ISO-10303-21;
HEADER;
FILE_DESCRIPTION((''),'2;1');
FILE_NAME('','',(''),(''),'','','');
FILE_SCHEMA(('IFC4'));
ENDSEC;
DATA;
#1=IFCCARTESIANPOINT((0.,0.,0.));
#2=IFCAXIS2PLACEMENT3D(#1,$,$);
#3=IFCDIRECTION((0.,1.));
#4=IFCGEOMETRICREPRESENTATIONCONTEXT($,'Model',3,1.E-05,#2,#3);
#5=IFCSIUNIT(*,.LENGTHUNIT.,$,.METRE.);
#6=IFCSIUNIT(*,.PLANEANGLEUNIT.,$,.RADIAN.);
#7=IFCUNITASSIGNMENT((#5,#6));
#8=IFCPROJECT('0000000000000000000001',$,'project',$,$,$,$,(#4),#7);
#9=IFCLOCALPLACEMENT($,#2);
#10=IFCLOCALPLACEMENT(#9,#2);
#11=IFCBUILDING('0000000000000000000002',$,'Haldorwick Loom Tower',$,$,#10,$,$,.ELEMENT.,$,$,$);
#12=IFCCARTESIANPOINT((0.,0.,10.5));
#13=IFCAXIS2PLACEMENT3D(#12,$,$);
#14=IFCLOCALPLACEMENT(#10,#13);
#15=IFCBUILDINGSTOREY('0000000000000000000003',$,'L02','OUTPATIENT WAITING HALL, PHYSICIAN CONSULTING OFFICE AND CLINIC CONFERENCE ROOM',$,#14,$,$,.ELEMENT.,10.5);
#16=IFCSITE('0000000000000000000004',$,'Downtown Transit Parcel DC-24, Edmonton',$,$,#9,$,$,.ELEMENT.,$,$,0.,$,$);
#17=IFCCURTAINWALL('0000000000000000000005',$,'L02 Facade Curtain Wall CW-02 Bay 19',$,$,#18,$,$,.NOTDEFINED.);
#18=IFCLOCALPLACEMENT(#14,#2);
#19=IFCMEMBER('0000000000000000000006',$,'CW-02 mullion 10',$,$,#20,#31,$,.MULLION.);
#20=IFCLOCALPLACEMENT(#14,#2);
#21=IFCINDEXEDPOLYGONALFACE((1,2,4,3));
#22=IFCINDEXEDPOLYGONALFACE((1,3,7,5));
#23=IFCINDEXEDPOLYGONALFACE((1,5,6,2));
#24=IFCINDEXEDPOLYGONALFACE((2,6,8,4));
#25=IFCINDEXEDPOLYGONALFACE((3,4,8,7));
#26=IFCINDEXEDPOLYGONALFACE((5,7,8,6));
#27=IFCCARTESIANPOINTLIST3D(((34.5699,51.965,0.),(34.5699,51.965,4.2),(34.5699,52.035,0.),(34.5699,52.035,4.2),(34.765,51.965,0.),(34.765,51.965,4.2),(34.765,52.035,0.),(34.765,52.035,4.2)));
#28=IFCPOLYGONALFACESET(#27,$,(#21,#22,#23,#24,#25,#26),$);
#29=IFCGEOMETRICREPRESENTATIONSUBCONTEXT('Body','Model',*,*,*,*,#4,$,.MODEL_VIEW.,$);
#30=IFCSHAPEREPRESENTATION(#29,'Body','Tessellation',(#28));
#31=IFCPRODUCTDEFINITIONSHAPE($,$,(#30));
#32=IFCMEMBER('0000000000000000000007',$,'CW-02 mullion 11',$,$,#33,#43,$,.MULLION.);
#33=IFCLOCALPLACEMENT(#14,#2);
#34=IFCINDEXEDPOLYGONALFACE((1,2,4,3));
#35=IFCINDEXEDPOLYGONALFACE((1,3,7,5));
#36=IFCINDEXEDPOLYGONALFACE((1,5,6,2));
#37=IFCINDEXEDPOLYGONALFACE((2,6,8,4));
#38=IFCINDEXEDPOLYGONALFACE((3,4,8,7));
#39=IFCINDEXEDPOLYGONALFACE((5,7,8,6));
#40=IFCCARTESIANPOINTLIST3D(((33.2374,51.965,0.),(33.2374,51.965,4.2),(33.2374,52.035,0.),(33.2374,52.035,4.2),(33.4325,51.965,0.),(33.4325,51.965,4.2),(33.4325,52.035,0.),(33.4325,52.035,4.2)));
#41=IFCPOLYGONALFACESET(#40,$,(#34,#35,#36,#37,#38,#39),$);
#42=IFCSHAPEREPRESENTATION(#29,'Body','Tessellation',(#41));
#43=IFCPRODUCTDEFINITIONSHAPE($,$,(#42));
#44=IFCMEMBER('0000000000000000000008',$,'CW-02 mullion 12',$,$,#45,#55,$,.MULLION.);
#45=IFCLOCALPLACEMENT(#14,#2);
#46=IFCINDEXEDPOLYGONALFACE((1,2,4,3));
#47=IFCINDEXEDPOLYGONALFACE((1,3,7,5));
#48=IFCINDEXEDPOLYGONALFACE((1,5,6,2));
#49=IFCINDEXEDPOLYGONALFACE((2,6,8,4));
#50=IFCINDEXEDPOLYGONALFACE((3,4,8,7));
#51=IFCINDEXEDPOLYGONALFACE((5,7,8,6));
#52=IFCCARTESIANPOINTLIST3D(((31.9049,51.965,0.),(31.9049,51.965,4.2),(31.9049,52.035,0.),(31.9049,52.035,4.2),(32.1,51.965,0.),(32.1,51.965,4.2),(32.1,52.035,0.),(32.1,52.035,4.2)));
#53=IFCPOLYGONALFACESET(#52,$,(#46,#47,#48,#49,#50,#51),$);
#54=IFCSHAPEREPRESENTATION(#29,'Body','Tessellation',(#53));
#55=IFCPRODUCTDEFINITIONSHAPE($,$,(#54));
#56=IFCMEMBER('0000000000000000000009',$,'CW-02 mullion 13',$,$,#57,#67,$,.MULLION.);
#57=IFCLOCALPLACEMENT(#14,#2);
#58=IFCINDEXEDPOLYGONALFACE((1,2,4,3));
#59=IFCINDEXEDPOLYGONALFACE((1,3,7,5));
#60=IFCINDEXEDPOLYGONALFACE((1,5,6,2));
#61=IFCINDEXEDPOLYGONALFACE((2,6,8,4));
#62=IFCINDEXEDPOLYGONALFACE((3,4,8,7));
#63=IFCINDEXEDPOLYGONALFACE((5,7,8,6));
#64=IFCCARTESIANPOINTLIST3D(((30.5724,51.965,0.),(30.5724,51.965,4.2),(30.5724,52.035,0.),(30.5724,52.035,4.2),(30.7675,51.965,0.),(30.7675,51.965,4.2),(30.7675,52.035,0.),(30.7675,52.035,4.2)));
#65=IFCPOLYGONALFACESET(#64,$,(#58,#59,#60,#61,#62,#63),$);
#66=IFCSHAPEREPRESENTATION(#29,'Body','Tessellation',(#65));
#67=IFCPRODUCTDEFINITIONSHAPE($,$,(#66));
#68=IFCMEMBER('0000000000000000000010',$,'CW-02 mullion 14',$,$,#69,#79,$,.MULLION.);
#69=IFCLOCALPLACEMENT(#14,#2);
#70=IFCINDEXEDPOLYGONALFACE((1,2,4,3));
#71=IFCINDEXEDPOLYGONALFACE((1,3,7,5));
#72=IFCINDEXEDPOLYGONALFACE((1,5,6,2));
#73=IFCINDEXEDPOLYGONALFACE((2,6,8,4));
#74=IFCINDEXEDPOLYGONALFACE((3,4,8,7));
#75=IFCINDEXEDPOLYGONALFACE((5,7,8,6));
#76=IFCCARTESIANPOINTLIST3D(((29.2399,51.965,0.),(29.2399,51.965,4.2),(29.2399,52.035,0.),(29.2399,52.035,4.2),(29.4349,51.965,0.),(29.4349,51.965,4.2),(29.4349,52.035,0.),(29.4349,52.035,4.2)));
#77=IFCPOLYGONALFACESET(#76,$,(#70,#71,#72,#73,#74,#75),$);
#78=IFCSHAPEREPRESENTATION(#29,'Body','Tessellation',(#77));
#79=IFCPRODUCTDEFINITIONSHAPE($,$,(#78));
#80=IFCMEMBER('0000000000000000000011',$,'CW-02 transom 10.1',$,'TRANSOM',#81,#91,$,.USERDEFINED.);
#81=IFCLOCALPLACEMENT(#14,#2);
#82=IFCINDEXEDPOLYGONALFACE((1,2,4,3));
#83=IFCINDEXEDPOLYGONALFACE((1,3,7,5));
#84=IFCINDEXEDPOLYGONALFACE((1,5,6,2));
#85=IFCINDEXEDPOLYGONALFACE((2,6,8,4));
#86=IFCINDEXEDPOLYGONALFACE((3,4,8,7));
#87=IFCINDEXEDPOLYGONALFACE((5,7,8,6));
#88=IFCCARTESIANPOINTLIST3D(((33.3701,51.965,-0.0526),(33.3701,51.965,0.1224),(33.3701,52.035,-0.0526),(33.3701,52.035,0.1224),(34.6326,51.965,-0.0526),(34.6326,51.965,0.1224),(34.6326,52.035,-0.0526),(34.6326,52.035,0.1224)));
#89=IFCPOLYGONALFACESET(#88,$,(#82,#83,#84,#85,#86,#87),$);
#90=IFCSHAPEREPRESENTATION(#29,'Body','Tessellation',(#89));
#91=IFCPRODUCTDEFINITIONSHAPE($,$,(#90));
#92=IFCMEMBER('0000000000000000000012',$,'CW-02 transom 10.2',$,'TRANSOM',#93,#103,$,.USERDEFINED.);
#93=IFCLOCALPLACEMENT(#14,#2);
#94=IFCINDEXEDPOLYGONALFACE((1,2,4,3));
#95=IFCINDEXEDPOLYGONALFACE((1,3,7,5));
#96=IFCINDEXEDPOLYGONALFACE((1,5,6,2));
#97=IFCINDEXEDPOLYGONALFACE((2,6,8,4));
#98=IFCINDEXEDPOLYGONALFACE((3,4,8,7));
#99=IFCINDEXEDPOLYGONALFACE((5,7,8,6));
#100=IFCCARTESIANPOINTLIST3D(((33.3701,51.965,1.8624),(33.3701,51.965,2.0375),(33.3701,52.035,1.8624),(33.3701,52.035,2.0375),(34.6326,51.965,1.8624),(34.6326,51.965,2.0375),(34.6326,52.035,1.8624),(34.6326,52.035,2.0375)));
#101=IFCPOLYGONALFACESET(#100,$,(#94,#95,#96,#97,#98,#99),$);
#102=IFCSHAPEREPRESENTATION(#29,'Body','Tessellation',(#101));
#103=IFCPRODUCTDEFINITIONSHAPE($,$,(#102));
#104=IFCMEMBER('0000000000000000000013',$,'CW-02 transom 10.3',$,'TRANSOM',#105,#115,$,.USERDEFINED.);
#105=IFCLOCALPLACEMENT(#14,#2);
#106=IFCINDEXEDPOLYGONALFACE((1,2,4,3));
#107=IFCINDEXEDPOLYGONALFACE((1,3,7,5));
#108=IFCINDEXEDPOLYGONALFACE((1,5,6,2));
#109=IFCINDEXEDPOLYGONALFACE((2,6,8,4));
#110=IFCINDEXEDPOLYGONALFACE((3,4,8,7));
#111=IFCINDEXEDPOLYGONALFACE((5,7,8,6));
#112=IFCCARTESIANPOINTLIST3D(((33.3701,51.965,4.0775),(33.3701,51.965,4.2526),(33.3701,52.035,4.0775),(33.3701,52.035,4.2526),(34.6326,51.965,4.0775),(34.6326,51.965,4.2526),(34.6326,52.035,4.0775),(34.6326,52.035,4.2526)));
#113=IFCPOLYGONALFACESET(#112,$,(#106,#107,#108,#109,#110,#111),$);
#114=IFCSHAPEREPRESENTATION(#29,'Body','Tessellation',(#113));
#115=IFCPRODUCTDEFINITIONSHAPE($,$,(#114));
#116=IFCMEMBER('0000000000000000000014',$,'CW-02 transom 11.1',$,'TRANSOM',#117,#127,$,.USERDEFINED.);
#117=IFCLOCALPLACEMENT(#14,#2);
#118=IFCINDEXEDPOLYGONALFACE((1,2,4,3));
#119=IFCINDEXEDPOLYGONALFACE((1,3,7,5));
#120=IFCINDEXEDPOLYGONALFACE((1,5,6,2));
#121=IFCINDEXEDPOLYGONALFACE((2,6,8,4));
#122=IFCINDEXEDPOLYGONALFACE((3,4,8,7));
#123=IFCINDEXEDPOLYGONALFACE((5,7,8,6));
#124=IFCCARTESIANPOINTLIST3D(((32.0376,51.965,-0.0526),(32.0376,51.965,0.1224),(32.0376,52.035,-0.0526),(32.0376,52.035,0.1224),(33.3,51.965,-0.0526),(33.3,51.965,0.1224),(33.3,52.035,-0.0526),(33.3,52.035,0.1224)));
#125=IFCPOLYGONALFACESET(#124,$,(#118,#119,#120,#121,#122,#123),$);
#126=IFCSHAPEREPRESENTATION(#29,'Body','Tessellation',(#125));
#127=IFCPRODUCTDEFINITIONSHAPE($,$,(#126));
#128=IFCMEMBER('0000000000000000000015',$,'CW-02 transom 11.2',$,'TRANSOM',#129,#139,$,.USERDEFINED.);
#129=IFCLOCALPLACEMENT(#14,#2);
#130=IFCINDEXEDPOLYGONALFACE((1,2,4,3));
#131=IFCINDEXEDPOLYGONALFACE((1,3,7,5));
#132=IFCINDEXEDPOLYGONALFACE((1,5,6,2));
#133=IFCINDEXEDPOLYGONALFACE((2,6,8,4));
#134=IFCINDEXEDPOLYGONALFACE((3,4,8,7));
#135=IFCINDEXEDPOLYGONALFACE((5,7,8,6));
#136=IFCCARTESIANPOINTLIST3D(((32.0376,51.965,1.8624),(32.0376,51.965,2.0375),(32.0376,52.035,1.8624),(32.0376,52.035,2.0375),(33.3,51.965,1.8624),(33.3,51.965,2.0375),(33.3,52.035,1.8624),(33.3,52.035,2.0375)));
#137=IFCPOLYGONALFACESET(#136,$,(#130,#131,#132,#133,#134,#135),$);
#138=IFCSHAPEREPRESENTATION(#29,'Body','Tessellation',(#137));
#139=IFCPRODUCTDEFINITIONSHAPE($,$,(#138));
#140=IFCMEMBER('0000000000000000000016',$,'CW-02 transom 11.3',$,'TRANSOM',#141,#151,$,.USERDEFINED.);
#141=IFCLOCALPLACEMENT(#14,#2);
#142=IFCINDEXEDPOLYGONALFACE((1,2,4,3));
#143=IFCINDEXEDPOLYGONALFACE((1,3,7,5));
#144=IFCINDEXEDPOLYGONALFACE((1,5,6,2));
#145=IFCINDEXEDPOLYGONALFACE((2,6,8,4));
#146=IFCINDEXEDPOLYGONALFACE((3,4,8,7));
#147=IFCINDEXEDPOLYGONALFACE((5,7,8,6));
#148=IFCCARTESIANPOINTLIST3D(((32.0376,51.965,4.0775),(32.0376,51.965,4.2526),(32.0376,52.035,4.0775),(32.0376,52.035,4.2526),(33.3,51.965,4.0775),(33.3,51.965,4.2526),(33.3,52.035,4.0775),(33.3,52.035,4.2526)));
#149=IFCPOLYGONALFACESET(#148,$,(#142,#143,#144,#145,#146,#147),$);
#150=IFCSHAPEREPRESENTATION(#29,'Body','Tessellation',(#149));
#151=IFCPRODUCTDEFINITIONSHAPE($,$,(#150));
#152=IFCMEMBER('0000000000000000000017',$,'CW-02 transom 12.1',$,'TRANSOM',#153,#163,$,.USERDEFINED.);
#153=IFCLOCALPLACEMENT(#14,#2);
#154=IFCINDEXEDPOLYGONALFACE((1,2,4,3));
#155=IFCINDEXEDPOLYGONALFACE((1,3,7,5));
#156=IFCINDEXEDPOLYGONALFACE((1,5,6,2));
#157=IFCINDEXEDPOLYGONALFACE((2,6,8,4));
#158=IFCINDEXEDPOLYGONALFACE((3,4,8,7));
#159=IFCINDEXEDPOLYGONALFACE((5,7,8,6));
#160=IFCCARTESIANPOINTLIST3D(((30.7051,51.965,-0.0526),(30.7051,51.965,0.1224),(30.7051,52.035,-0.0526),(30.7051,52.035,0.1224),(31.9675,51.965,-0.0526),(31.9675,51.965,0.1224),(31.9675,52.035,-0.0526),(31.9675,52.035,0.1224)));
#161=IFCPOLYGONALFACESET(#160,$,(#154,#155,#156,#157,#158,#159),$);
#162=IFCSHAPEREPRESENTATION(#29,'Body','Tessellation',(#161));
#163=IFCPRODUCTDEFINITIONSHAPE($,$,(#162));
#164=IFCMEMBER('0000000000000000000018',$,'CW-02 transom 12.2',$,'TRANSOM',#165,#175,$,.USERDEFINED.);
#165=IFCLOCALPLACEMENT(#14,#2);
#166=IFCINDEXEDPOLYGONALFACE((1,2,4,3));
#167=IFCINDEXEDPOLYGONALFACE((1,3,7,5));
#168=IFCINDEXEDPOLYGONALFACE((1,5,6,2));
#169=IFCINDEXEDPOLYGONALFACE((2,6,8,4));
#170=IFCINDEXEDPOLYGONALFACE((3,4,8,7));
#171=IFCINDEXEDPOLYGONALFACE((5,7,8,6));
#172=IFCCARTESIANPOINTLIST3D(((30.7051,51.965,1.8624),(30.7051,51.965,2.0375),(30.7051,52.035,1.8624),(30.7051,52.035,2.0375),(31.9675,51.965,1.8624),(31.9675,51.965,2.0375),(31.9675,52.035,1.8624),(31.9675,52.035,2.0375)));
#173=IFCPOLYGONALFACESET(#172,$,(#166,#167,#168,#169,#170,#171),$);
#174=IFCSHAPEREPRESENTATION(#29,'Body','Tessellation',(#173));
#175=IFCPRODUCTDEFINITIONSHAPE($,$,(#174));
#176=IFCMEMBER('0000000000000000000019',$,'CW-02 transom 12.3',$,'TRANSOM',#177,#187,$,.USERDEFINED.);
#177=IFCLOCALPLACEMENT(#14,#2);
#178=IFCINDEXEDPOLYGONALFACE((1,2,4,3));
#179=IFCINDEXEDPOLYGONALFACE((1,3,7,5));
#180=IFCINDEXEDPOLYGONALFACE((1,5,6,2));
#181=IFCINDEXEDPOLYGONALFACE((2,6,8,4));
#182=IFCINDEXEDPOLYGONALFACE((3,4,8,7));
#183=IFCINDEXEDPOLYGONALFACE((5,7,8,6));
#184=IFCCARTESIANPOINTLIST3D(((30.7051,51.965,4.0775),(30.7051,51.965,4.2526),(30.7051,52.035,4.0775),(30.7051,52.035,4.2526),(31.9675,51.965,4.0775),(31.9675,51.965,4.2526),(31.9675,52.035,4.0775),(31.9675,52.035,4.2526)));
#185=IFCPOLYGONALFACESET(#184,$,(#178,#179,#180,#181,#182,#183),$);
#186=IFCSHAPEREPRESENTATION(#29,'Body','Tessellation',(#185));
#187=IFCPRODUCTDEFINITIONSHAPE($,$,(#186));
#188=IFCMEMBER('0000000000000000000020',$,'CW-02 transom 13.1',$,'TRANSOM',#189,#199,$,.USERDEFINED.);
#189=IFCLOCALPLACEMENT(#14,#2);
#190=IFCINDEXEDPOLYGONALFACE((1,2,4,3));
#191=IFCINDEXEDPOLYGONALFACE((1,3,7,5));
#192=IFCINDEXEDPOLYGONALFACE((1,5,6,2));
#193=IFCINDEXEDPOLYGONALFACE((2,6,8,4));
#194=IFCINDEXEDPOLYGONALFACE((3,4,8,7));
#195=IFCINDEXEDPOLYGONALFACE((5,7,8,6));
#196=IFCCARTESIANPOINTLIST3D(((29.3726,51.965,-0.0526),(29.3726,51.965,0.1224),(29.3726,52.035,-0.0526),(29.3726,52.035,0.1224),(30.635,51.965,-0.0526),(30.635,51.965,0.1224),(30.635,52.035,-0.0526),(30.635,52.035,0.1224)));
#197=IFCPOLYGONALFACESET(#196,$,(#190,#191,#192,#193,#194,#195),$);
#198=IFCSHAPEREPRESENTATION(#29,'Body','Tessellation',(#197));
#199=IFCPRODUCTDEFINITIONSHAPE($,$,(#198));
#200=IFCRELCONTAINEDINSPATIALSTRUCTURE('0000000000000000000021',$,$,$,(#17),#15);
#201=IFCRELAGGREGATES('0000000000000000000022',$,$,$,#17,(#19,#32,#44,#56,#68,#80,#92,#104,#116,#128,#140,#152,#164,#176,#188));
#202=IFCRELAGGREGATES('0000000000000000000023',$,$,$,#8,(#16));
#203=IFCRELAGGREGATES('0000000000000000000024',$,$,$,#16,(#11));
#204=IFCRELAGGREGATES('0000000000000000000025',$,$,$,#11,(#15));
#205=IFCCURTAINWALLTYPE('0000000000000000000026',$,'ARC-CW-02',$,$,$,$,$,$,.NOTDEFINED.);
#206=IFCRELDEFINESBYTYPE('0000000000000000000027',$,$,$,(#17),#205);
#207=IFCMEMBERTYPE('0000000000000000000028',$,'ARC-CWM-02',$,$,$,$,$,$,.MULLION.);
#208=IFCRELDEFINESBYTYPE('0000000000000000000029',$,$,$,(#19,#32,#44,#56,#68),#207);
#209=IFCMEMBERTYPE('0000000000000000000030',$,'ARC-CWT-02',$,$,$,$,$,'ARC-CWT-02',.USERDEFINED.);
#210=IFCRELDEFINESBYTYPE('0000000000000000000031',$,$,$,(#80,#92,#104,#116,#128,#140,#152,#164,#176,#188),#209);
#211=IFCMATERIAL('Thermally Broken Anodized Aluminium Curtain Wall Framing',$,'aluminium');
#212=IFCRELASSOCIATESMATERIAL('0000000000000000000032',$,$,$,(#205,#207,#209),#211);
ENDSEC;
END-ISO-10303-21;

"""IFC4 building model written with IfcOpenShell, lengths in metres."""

from ifc_helpers import new_model, si_unit, direction, frame, origin, origin_2d, place, context, subcontext, project, spatial, rectangle, extrude, material, material_profile, profile_set, type_object, element, aggregate, save


model = new_model("IFC4")

# Units and contexts
model_context = context("Model", 3, precision=1e-05, world=origin(), true_north=direction((0.0, 1.0)))
body_context = subcontext(model_context, "Body", "Model", "MODEL_VIEW")
ifc_project = project(units=[si_unit("LENGTHUNIT", "METRE"), si_unit("PLANEANGLEUNIT", "RADIAN")], contexts=[model_context])

# Site, building, storey
site_placement = place(None, origin())
site = spatial("IfcSite", under=ifc_project, at=site_placement, Name="Downtown Transit Parcel DC-24, Edmonton", CompositionType="ELEMENT", RefElevation=0.0)
building_placement = place(site_placement, origin())
building = spatial("IfcBuilding", under=site, at=building_placement, Name="Haldorwick Loom Tower", CompositionType="ELEMENT")
storey_placement = place(building_placement, frame((0.0, 0.0, 10.5)))
storey = spatial("IfcBuildingStorey", under=building, at=storey_placement, Name="L02", Description="OUTPATIENT WAITING HALL, PHYSICIAN CONSULTING OFFICE AND CLINIC CONFERENCE ROOM", CompositionType="ELEMENT", Elevation=10.5)

# Curtain wall, members
ifc_material_1 = material(Name="Thermally Broken Anodized Aluminium Curtain Wall Framing", Category="aluminium")
curtain_wall_type = type_object("IfcCurtainWallType", Name="ARC-CW-02", PredefinedType="NOTDEFINED", material=ifc_material_1)
curtain_wall_placement = place(storey_placement, origin())
curtain_wall = element("IfcCurtainWall", 1, at=curtain_wall_placement, inside=storey, type_object=curtain_wall_type, Name="L02 Facade Curtain Wall CW-02 Bay 19", PredefinedType="NOTDEFINED")
ifc_material_profile_1 = material_profile(ifc_material_1, rectangle(XDim=0.0701, YDim=0.1951, at=origin_2d()), Name="ALU_MUL_70X195", Category="aluminium")
ifc_profile_set_1 = profile_set([ifc_material_profile_1], Name="Thermally Broken Anodized Aluminium Curtain Wall Framing")
member_type_1 = type_object("IfcMemberType", Name="ARC-CWM-02", PredefinedType="MULLION", material=ifc_profile_set_1)
member_1_placement = place(storey_placement, frame((34.6675, 52.0, 0.0), z_axis=(0.0, 0.0, 1.0), x_axis=(0.0, -1.0, 0.0)))
member_1 = element("IfcMember", 2, at=member_1_placement, type_object=member_type_1, Name="CW-02 mullion 10", PredefinedType="MULLION", context=body_context, shape_type="SweptSolid", body=[
    extrude(rectangle(XDim=0.0701, YDim=0.1951, at=origin_2d()), origin(), (0.0, 0.0, 1.0), 4.2),
])
member_2_placement = place(storey_placement, frame((33.335, 52.0, 0.0), z_axis=(0.0, 0.0, 1.0), x_axis=(0.0, -1.0, 0.0)))
member_2 = element("IfcMember", 3, at=member_2_placement, type_object=member_type_1, Name="CW-02 mullion 11", PredefinedType="MULLION", context=body_context, shape_type="SweptSolid", body=[
    extrude(rectangle(XDim=0.0701, YDim=0.1951, at=origin_2d()), origin(), (0.0, 0.0, 1.0), 4.2),
])
member_3_placement = place(storey_placement, frame((32.0024, 52.0, 0.0), z_axis=(0.0, 0.0, 1.0), x_axis=(0.0, -1.0, 0.0)))
member_3 = element("IfcMember", 4, at=member_3_placement, type_object=member_type_1, Name="CW-02 mullion 12", PredefinedType="MULLION", context=body_context, shape_type="SweptSolid", body=[
    extrude(rectangle(XDim=0.0701, YDim=0.1951, at=origin_2d()), origin(), (0.0, 0.0, 1.0), 4.2),
])
member_4_placement = place(storey_placement, frame((30.6699, 52.0, 0.0), z_axis=(0.0, 0.0, 1.0), x_axis=(0.0, -1.0, 0.0)))
member_4 = element("IfcMember", 5, at=member_4_placement, type_object=member_type_1, Name="CW-02 mullion 13", PredefinedType="MULLION", context=body_context, shape_type="SweptSolid", body=[
    extrude(rectangle(XDim=0.0701, YDim=0.1951, at=origin_2d()), origin(), (0.0, 0.0, 1.0), 4.2),
])
member_5_placement = place(storey_placement, frame((29.3374, 52.0, 0.0), z_axis=(0.0, 0.0, 1.0), x_axis=(0.0, -1.0, 0.0)))
member_5 = element("IfcMember", 6, at=member_5_placement, type_object=member_type_1, Name="CW-02 mullion 14", PredefinedType="MULLION", context=body_context, shape_type="SweptSolid", body=[
    extrude(rectangle(XDim=0.0701, YDim=0.1951, at=origin_2d()), origin(), (0.0, 0.0, 1.0), 4.2),
])
ifc_material_profile_2 = material_profile(ifc_material_1, rectangle(XDim=0.0701, YDim=0.175, at=origin_2d()), Name="ALU_TRN_70X175", Category="aluminium")
ifc_profile_set_2 = profile_set([ifc_material_profile_2], Name="Thermally Broken Anodized Aluminium Curtain Wall Framing")
member_type_2 = type_object("IfcMemberType", Name="ARC-CWT-02", ElementType="ARC-CWT-02", PredefinedType="USERDEFINED", material=ifc_profile_set_2)
member_6_placement = place(storey_placement, frame((34.6326, 52.0, 0.0349), z_axis=(-1.0, 0.0, 0.0), x_axis=(0.0, -1.0, 0.0)))
member_6 = element("IfcMember", 7, at=member_6_placement, type_object=member_type_2, Name="CW-02 transom 10.1", ObjectType="TRANSOM", PredefinedType="USERDEFINED", context=body_context, shape_type="SweptSolid", body=[
    extrude(rectangle(XDim=0.0701, YDim=0.175, at=origin_2d()), origin(), (0.0, 0.0, 1.0), 1.2625),
])
member_7_placement = place(storey_placement, frame((34.6326, 52.0, 1.95), z_axis=(-1.0, 0.0, 0.0), x_axis=(0.0, -1.0, 0.0)))
member_7 = element("IfcMember", 8, at=member_7_placement, type_object=member_type_2, Name="CW-02 transom 10.2", ObjectType="TRANSOM", PredefinedType="USERDEFINED", context=body_context, shape_type="SweptSolid", body=[
    extrude(rectangle(XDim=0.0701, YDim=0.175, at=origin_2d()), origin(), (0.0, 0.0, 1.0), 1.2625),
])
member_8_placement = place(storey_placement, frame((34.6326, 52.0, 4.165), z_axis=(-1.0, 0.0, 0.0), x_axis=(0.0, -1.0, 0.0)))
member_8 = element("IfcMember", 9, at=member_8_placement, type_object=member_type_2, Name="CW-02 transom 10.3", ObjectType="TRANSOM", PredefinedType="USERDEFINED", context=body_context, shape_type="SweptSolid", body=[
    extrude(rectangle(XDim=0.0701, YDim=0.175, at=origin_2d()), origin(), (0.0, 0.0, 1.0), 1.2625),
])
member_9_placement = place(storey_placement, frame((33.3, 52.0, 0.0349), z_axis=(-1.0, 0.0, 0.0), x_axis=(0.0, -1.0, 0.0)))
member_9 = element("IfcMember", 10, at=member_9_placement, type_object=member_type_2, Name="CW-02 transom 11.1", ObjectType="TRANSOM", PredefinedType="USERDEFINED", context=body_context, shape_type="SweptSolid", body=[
    extrude(rectangle(XDim=0.0701, YDim=0.175, at=origin_2d()), origin(), (0.0, 0.0, 1.0), 1.2625),
])
member_10_placement = place(storey_placement, frame((33.3, 52.0, 1.95), z_axis=(-1.0, 0.0, 0.0), x_axis=(0.0, -1.0, 0.0)))
member_10 = element("IfcMember", 11, at=member_10_placement, type_object=member_type_2, Name="CW-02 transom 11.2", ObjectType="TRANSOM", PredefinedType="USERDEFINED", context=body_context, shape_type="SweptSolid", body=[
    extrude(rectangle(XDim=0.0701, YDim=0.175, at=origin_2d()), origin(), (0.0, 0.0, 1.0), 1.2625),
])
member_11_placement = place(storey_placement, frame((33.3, 52.0, 4.165), z_axis=(-1.0, 0.0, 0.0), x_axis=(0.0, -1.0, 0.0)))
member_11 = element("IfcMember", 12, at=member_11_placement, type_object=member_type_2, Name="CW-02 transom 11.3", ObjectType="TRANSOM", PredefinedType="USERDEFINED", context=body_context, shape_type="SweptSolid", body=[
    extrude(rectangle(XDim=0.0701, YDim=0.175, at=origin_2d()), origin(), (0.0, 0.0, 1.0), 1.2625),
])
member_12_placement = place(storey_placement, frame((31.9675, 52.0, 0.0349), z_axis=(-1.0, 0.0, 0.0), x_axis=(0.0, -1.0, 0.0)))
member_12 = element("IfcMember", 13, at=member_12_placement, type_object=member_type_2, Name="CW-02 transom 12.1", ObjectType="TRANSOM", PredefinedType="USERDEFINED", context=body_context, shape_type="SweptSolid", body=[
    extrude(rectangle(XDim=0.0701, YDim=0.175, at=origin_2d()), origin(), (0.0, 0.0, 1.0), 1.2625),
])
member_13_placement = place(storey_placement, frame((31.9675, 52.0, 1.95), z_axis=(-1.0, 0.0, 0.0), x_axis=(0.0, -1.0, 0.0)))
member_13 = element("IfcMember", 14, at=member_13_placement, type_object=member_type_2, Name="CW-02 transom 12.2", ObjectType="TRANSOM", PredefinedType="USERDEFINED", context=body_context, shape_type="SweptSolid", body=[
    extrude(rectangle(XDim=0.0701, YDim=0.175, at=origin_2d()), origin(), (0.0, 0.0, 1.0), 1.2625),
])
member_14_placement = place(storey_placement, frame((31.9675, 52.0, 4.165), z_axis=(-1.0, 0.0, 0.0), x_axis=(0.0, -1.0, 0.0)))
member_14 = element("IfcMember", 15, at=member_14_placement, type_object=member_type_2, Name="CW-02 transom 12.3", ObjectType="TRANSOM", PredefinedType="USERDEFINED", context=body_context, shape_type="SweptSolid", body=[
    extrude(rectangle(XDim=0.0701, YDim=0.175, at=origin_2d()), origin(), (0.0, 0.0, 1.0), 1.2625),
])
member_15_placement = place(storey_placement, frame((30.635, 52.0, 0.0349), z_axis=(-1.0, 0.0, 0.0), x_axis=(0.0, -1.0, 0.0)))
member_15 = element("IfcMember", 16, at=member_15_placement, type_object=member_type_2, Name="CW-02 transom 13.1", ObjectType="TRANSOM", PredefinedType="USERDEFINED", context=body_context, shape_type="SweptSolid", body=[
    extrude(rectangle(XDim=0.0701, YDim=0.175, at=origin_2d()), origin(), (0.0, 0.0, 1.0), 1.2625),
])
aggregate(curtain_wall, [member_1, member_2, member_3, member_4, member_5, member_6, member_7, member_8, member_9, member_10, member_11, member_12, member_13, member_14, member_15])

save(model, "model.ifc")
